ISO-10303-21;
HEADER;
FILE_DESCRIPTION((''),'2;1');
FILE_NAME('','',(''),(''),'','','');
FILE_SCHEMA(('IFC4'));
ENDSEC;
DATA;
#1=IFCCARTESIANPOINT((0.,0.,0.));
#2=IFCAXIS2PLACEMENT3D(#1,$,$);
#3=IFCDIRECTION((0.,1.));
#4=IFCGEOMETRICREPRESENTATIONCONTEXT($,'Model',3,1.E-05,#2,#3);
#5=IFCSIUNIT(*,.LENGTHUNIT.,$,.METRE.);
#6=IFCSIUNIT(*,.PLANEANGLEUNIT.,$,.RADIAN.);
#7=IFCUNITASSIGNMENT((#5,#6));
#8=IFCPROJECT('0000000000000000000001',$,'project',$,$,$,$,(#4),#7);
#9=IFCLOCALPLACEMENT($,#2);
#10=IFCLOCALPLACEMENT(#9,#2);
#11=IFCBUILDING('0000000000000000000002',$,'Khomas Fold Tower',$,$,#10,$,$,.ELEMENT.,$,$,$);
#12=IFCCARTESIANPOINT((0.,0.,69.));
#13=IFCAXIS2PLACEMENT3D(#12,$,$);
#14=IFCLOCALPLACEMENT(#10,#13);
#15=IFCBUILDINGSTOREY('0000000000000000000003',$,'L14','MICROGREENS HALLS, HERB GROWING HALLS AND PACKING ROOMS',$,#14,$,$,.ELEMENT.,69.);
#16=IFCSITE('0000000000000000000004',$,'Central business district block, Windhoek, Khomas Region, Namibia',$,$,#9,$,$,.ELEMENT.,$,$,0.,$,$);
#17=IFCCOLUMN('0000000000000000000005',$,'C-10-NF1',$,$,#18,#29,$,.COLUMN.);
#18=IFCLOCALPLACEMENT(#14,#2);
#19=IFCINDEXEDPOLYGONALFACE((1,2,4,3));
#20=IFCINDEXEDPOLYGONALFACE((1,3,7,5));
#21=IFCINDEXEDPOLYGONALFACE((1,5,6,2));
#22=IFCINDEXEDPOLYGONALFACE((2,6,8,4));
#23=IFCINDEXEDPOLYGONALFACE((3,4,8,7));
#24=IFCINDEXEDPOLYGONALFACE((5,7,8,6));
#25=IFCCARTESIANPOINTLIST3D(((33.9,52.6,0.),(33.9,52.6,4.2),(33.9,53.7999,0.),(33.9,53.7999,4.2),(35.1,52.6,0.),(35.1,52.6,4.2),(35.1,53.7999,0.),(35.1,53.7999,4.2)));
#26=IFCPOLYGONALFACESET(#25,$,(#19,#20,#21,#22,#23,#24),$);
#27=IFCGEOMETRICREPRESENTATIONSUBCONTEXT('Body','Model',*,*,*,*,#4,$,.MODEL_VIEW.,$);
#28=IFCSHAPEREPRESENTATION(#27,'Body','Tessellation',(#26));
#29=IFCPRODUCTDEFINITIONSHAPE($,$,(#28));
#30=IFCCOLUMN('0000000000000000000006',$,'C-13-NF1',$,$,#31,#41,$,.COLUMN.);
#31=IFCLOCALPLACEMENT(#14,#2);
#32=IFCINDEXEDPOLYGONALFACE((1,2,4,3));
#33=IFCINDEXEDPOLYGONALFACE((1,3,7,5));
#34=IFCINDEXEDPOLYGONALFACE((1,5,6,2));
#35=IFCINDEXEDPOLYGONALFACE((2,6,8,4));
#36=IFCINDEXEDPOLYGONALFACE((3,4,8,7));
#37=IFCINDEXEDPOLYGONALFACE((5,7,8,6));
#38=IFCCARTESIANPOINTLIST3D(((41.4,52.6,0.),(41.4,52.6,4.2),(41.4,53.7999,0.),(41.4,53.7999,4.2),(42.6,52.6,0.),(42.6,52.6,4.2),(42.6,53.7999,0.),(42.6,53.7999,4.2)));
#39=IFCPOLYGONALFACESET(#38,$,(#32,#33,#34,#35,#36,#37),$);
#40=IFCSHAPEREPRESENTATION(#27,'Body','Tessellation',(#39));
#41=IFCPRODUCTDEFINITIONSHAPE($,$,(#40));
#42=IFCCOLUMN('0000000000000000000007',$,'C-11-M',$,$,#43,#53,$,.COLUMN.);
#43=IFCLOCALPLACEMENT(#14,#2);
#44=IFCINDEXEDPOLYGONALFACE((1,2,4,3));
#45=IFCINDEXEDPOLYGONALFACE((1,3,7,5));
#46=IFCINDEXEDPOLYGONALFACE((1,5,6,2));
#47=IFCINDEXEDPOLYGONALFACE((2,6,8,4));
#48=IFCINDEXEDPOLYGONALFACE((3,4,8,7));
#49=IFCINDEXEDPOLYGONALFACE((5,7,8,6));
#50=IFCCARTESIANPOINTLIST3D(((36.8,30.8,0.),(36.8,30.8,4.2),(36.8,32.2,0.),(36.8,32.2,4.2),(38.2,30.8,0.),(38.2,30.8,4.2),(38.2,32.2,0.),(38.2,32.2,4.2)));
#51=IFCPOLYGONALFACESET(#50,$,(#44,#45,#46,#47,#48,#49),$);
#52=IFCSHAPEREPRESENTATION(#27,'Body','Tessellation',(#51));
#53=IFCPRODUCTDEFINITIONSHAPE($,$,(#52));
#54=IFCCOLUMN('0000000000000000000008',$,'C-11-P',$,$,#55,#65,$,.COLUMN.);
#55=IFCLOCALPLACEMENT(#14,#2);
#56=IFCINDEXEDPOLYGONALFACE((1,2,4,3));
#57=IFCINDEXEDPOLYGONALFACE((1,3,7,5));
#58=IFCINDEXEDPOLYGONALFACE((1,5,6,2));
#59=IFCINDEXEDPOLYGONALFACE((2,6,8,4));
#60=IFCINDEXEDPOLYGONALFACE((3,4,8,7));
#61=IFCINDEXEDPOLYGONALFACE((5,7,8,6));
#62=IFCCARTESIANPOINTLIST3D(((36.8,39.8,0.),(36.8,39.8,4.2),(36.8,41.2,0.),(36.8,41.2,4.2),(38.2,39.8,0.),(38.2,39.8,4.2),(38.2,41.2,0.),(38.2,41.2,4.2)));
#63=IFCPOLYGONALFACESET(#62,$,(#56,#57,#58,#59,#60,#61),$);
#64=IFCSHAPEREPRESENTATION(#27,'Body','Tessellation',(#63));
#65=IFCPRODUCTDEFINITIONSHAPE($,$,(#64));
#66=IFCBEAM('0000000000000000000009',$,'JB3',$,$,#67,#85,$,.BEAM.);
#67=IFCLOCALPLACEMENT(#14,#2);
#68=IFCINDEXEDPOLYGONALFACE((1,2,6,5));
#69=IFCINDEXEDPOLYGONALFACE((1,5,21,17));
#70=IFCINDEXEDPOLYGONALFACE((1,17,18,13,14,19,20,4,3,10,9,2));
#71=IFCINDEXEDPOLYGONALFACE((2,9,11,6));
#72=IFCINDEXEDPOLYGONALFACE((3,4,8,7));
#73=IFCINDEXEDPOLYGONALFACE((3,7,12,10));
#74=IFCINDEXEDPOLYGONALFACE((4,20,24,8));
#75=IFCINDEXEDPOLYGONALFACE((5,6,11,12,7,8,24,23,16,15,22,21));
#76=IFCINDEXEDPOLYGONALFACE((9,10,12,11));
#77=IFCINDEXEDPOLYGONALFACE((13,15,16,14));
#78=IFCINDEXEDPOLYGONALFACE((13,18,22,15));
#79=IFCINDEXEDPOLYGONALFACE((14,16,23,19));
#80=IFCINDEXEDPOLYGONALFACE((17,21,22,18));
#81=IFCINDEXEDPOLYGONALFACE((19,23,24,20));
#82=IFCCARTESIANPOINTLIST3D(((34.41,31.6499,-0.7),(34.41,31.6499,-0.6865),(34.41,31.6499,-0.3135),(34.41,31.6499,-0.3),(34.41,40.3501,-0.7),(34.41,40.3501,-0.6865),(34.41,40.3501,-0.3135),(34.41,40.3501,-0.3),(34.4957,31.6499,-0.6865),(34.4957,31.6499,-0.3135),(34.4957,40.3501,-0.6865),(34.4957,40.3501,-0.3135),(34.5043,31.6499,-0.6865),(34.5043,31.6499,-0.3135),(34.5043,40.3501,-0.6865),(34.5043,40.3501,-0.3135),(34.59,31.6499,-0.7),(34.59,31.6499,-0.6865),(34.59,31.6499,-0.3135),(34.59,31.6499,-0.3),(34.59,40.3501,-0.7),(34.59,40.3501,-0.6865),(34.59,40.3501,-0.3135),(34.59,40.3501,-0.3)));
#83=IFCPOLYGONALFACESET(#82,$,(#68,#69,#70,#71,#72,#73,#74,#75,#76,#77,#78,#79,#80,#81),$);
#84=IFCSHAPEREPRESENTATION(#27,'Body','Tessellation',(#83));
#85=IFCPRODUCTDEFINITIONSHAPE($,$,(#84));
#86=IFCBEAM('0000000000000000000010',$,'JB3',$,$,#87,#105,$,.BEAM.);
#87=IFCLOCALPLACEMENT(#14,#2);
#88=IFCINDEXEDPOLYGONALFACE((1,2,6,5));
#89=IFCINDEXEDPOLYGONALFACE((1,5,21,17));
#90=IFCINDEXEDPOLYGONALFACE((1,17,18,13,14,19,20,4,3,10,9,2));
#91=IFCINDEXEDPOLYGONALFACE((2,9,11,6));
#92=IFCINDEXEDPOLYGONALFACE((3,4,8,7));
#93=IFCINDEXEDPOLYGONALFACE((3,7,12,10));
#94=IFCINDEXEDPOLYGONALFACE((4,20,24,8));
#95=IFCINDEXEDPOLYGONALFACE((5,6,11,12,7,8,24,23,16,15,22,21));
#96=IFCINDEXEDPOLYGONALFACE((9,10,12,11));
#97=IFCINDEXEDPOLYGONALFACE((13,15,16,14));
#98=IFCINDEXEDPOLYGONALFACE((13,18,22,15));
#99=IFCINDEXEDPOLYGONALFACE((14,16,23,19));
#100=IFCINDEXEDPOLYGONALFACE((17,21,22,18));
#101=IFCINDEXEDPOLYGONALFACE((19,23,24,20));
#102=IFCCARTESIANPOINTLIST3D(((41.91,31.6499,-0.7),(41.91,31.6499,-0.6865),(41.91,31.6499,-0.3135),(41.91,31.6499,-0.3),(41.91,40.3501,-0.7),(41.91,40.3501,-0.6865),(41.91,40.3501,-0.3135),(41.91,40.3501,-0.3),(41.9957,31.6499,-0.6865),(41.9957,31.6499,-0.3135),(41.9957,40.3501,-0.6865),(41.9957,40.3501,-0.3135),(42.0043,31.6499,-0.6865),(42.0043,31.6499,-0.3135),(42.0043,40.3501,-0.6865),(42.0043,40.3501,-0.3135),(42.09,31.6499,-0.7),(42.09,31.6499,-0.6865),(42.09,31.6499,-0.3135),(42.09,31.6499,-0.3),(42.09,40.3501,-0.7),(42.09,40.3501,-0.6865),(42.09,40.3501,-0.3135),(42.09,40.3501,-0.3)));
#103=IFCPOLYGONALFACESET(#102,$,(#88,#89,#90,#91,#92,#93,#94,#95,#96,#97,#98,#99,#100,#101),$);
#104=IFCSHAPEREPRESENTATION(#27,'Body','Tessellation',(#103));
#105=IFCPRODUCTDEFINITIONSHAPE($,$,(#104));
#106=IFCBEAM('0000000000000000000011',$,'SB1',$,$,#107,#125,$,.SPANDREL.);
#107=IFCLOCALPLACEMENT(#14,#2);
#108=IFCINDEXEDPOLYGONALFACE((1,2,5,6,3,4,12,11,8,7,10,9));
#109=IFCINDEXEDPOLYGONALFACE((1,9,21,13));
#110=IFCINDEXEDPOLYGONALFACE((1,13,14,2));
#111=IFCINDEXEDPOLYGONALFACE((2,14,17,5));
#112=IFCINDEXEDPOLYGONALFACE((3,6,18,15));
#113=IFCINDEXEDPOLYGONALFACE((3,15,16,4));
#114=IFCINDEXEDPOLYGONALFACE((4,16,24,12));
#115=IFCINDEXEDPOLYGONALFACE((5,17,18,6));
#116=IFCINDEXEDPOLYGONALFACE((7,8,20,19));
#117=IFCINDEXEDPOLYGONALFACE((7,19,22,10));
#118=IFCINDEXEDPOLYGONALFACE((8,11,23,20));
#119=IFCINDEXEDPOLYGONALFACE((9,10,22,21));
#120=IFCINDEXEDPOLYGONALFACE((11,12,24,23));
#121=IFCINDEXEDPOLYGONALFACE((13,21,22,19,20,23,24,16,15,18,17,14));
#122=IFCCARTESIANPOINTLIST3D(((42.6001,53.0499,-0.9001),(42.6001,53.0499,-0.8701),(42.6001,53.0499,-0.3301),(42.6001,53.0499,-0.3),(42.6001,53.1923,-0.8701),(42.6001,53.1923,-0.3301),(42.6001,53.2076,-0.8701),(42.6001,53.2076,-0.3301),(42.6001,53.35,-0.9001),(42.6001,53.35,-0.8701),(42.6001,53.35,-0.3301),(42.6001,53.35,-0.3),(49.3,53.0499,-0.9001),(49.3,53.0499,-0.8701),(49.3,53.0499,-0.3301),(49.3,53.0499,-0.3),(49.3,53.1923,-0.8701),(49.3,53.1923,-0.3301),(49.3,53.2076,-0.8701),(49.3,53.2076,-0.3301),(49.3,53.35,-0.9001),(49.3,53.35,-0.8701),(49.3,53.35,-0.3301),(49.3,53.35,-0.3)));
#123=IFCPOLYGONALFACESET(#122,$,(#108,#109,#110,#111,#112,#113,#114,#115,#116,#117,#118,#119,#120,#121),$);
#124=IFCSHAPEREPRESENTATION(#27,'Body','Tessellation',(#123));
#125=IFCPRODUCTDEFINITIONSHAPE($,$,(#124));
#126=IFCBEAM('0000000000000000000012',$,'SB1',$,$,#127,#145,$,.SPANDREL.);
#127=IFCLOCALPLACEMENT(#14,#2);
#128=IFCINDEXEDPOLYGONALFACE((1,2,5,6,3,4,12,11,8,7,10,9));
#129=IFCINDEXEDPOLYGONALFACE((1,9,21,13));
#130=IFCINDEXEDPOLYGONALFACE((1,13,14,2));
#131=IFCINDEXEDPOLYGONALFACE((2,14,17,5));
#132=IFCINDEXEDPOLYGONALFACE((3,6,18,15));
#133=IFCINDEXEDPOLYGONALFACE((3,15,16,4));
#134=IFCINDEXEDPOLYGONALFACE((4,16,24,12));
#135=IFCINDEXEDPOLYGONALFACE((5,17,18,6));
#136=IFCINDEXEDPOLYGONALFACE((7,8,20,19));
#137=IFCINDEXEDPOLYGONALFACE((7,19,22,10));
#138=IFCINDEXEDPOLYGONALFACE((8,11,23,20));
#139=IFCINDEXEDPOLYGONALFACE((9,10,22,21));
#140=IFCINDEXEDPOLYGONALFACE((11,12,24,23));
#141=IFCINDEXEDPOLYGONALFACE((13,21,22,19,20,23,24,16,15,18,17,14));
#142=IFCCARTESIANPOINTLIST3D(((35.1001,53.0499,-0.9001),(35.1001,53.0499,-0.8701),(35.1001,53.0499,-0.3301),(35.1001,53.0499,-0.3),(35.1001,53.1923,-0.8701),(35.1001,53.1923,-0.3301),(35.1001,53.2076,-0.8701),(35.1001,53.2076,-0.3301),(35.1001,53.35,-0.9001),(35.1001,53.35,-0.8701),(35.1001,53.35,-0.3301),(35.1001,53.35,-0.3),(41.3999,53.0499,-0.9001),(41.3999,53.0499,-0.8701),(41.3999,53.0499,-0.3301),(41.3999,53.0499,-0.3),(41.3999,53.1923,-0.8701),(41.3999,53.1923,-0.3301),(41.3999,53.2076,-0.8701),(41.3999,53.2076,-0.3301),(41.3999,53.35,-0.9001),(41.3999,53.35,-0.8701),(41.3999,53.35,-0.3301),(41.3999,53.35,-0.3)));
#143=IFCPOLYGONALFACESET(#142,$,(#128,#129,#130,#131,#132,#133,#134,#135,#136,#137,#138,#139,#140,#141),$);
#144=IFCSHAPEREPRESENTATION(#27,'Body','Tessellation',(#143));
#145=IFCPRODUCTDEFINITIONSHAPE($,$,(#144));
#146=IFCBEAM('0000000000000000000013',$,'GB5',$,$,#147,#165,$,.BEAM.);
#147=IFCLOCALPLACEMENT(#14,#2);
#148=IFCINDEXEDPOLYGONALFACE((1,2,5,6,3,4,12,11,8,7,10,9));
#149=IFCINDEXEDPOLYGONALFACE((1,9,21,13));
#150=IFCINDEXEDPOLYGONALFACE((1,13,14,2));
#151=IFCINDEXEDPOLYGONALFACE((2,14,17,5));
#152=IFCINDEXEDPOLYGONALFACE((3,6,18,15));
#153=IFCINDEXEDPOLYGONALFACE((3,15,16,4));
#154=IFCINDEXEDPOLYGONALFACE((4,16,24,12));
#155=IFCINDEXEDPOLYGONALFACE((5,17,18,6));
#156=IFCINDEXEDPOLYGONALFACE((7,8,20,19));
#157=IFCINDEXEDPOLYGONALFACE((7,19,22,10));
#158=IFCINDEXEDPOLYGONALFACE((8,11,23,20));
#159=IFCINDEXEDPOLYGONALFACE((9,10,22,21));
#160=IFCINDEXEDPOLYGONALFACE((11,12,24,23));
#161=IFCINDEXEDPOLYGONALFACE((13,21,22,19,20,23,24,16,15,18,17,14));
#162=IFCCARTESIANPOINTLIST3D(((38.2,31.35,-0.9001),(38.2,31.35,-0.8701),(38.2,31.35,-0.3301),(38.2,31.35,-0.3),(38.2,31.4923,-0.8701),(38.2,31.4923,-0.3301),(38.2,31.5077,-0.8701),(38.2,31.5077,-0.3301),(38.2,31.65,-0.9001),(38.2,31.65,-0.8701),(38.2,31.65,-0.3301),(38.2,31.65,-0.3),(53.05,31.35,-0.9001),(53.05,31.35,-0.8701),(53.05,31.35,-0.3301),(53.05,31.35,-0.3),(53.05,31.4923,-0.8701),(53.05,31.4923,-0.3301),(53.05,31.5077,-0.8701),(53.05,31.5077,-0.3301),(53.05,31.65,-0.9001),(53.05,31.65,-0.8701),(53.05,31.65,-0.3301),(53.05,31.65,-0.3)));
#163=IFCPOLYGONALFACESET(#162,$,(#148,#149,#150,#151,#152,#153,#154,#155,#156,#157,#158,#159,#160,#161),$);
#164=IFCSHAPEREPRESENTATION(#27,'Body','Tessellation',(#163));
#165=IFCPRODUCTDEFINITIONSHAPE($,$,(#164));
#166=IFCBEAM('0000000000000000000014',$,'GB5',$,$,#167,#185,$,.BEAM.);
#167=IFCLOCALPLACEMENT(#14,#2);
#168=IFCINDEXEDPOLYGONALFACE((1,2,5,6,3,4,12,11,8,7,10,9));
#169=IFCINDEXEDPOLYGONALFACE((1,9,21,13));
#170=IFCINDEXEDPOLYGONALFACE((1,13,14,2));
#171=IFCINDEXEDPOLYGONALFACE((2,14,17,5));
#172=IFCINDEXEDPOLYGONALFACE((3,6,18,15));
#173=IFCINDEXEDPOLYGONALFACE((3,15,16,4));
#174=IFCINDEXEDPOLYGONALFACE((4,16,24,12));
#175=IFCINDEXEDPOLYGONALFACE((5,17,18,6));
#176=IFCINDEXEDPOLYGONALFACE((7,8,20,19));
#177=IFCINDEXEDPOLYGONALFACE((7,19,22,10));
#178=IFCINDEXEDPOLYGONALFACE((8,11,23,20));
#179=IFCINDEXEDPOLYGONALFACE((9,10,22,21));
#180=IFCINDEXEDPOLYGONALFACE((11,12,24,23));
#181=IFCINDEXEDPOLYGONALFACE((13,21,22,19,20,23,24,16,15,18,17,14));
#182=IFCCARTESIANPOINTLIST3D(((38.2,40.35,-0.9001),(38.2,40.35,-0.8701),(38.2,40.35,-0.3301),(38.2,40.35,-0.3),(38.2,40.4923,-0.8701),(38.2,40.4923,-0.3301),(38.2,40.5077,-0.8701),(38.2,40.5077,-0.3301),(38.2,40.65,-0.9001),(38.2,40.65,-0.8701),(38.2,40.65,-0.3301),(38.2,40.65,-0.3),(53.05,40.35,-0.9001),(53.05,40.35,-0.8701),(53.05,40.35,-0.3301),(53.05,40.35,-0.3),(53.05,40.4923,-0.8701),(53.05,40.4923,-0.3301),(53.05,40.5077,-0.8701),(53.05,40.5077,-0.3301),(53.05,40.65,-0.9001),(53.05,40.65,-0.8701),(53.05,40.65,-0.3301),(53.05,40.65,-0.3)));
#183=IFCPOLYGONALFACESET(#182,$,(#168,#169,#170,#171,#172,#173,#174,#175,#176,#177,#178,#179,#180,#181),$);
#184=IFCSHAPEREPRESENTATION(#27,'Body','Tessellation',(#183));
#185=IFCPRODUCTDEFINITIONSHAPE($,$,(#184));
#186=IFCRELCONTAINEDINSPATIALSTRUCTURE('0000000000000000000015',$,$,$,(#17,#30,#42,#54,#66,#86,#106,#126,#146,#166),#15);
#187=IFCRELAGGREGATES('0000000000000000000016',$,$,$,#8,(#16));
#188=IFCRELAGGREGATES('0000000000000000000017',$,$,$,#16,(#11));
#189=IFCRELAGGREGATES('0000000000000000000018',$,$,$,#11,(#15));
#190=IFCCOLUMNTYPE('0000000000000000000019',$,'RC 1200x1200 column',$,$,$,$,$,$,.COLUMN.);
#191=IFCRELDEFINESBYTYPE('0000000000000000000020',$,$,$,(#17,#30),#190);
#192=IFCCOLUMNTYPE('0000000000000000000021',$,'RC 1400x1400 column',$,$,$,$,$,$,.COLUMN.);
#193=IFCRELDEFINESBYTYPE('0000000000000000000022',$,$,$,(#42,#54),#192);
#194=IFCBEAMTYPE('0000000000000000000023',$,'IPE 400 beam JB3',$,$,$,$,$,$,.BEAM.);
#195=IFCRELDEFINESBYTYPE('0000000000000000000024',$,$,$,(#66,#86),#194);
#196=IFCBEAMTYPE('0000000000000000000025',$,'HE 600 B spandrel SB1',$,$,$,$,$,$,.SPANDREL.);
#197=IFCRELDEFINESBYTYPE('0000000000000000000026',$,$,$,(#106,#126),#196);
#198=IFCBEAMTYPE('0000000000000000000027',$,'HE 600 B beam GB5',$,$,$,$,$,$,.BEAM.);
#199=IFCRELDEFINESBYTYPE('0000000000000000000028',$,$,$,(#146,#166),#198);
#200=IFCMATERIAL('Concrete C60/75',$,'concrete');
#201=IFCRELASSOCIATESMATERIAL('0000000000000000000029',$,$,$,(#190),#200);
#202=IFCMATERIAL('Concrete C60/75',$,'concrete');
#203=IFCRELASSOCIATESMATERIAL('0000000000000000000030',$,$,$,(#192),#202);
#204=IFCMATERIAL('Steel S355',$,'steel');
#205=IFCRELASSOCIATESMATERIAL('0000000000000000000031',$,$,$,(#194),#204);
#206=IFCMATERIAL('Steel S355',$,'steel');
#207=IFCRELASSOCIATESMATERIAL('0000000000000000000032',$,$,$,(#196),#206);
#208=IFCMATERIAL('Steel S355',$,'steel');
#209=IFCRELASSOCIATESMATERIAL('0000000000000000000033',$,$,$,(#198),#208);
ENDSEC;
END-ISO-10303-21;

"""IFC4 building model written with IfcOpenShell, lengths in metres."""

from ifc_helpers import new_model, si_unit, direction, frame, origin, origin_2d, place, context, subcontext, project, spatial, rectangle, i_section, extrude, source, transform, mapped, material, material_profile, profile_set, type_object, element, save


model = new_model("IFC4")

# Units and contexts
model_context = context("Model", 3, precision=1e-05, world=origin(), true_north=direction((0.0, 1.0)))
body_context = subcontext(model_context, "Body", "Model", "MODEL_VIEW")
ifc_project = project(units=[si_unit("LENGTHUNIT", "METRE"), si_unit("PLANEANGLEUNIT", "RADIAN")], contexts=[model_context])

# Site, building, storey
site_placement = place(None, origin())
site = spatial("IfcSite", under=ifc_project, at=site_placement, Name="Central business district block, Windhoek, Khomas Region, Namibia", CompositionType="ELEMENT", RefElevation=0.0)
building_placement = place(site_placement, origin())
building = spatial("IfcBuilding", under=site, at=building_placement, Name="Khomas Fold Tower", CompositionType="ELEMENT")
storey_placement = place(building_placement, frame((0.0, 0.0, 69.0)))
storey = spatial("IfcBuildingStorey", under=building, at=storey_placement, Name="L14", Description="MICROGREENS HALLS, HERB GROWING HALLS AND PACKING ROOMS", CompositionType="ELEMENT", Elevation=69.0)

# Columns
ifc_material_1 = material(Name="Concrete C60/75", Category="concrete")
ifc_material_profile_1 = material_profile(ifc_material_1, rectangle(XDim=1.2, YDim=1.2, at=origin_2d()), Name="RC 1200x1200")
ifc_profile_set_1 = profile_set([ifc_material_profile_1], Name="Concrete C60/75")
column_type_1 = type_object("IfcColumnType", Name="RC 1200x1200 column", PredefinedType="COLUMN", material=ifc_profile_set_1)
shared_shape_1 = source(origin(), body_context, "Body", "SweptSolid", [
    extrude(rectangle(XDim=1.2, YDim=1.2, at=origin_2d()), origin(), (0.0, 0.0, 1.0), 4.2),
])
for number, where, z_axis, x_axis, name in (
    (1, (34.5, 53.2, 0.0), (0.0, 0.0, 1.0), (1.0, 0.0, 0.0), "C-10-NF1"),
    (2, (42.0, 53.2, 0.0), (0.0, 0.0, 1.0), (1.0, 0.0, 0.0), "C-13-NF1"),
):
    element("IfcColumn", number, at=place(storey_placement, frame(where, z_axis=z_axis, x_axis=x_axis)), inside=storey, type_object=column_type_1, Name=name, PredefinedType="COLUMN", context=body_context, shape_type="MappedRepresentation", body=[
        mapped(shared_shape_1, transform((0.0, 0.0, 0.0))),
    ])
ifc_material_2 = material(Name="Concrete C60/75", Category="concrete")
ifc_material_profile_2 = material_profile(ifc_material_2, rectangle(XDim=1.3999, YDim=1.3999, at=origin_2d()), Name="RC 1400x1400")
ifc_profile_set_2 = profile_set([ifc_material_profile_2], Name="Concrete C60/75")
column_type_2 = type_object("IfcColumnType", Name="RC 1400x1400 column", PredefinedType="COLUMN", material=ifc_profile_set_2)
shared_shape_2 = source(origin(), body_context, "Body", "SweptSolid", [
    extrude(rectangle(XDim=1.3999, YDim=1.3999, at=origin_2d()), origin(), (0.0, 0.0, 1.0), 4.2),
])
for number, where, z_axis, x_axis, name in (
    (3, (37.5, 31.5, 0.0), (0.0, 0.0, 1.0), (1.0, 0.0, 0.0), "C-11-M"),
    (4, (37.5, 40.5, 0.0), (0.0, 0.0, 1.0), (1.0, 0.0, 0.0), "C-11-P"),
):
    element("IfcColumn", number, at=place(storey_placement, frame(where, z_axis=z_axis, x_axis=x_axis)), inside=storey, type_object=column_type_2, Name=name, PredefinedType="COLUMN", context=body_context, shape_type="MappedRepresentation", body=[
        mapped(shared_shape_2, transform((0.0, 0.0, 0.0))),
    ])

# Beams
ifc_material_3 = material(Name="Steel S355", Category="steel")
ifc_material_profile_3 = material_profile(ifc_material_3, i_section(OverallWidth=0.1799, OverallDepth=0.3999, WebThickness=0.0085, FlangeThickness=0.0134, at=origin_2d()), Name="IPE 400")
ifc_profile_set_3 = profile_set([ifc_material_profile_3], Name="Steel S355")
beam_type_1 = type_object("IfcBeamType", Name="IPE 400 beam JB3", PredefinedType="BEAM", material=ifc_profile_set_3)
shared_shape_3 = source(origin(), body_context, "Body", "SweptSolid", [
    extrude(i_section(OverallWidth=0.1799, OverallDepth=0.3999, WebThickness=0.0085, FlangeThickness=0.0134, at=origin_2d()), origin(), (0.0, 0.0, 1.0), 8.7002),
])
for number, where, z_axis, x_axis, name in (
    (5, (34.5, 31.6499, -0.5), (0.0, 1.0, 0.0), (-1.0, 0.0, 0.0), "JB3"),
    (6, (42.0, 31.6499, -0.5), (0.0, 1.0, 0.0), (-1.0, 0.0, 0.0), "JB3"),
):
    element("IfcBeam", number, at=place(storey_placement, frame(where, z_axis=z_axis, x_axis=x_axis)), inside=storey, type_object=beam_type_1, Name=name, PredefinedType="BEAM", context=body_context, shape_type="MappedRepresentation", body=[
        mapped(shared_shape_3, transform((0.0, 0.0, 0.0))),
    ])
ifc_material_4 = material(Name="Steel S355", Category="steel")
ifc_material_profile_4 = material_profile(ifc_material_4, i_section(OverallWidth=0.3, OverallDepth=0.6001, WebThickness=0.0154, FlangeThickness=0.03, at=origin_2d()), Name="HE 600 B")
ifc_profile_set_4 = profile_set([ifc_material_profile_4], Name="Steel S355")
beam_type_2 = type_object("IfcBeamType", Name="HE 600 B spandrel SB1", PredefinedType="SPANDREL", material=ifc_profile_set_4)
shared_shape_4 = source(origin(), body_context, "Body", "SweptSolid", [
    extrude(i_section(OverallWidth=0.3, OverallDepth=0.6001, WebThickness=0.0154, FlangeThickness=0.03, at=origin_2d()), origin(), (0.0, 0.0, 1.0), 6.7),
])
beam_1_placement = place(storey_placement, frame((42.6001, 53.2, -0.6001), z_axis=(1.0, 0.0, 0.0), x_axis=(0.0, 1.0, 0.0)))
element("IfcBeam", 7, at=beam_1_placement, inside=storey, type_object=beam_type_2, Name="SB1", PredefinedType="SPANDREL", context=body_context, shape_type="MappedRepresentation", body=[
    mapped(shared_shape_4, transform((0.0, 0.0, 0.0))),
])
shared_shape_5 = source(origin(), body_context, "Body", "SweptSolid", [
    extrude(i_section(OverallWidth=0.3, OverallDepth=0.6001, WebThickness=0.0154, FlangeThickness=0.03, at=origin_2d()), origin(), (0.0, 0.0, 1.0), 6.2998),
])
beam_2_placement = place(storey_placement, frame((35.1001, 53.2, -0.6001), z_axis=(1.0, 0.0, 0.0), x_axis=(0.0, 1.0, 0.0)))
element("IfcBeam", 8, at=beam_2_placement, inside=storey, type_object=beam_type_2, Name="SB1", PredefinedType="SPANDREL", context=body_context, shape_type="MappedRepresentation", body=[
    mapped(shared_shape_5, transform((0.0, 0.0, 0.0))),
])
ifc_material_5 = material(Name="Steel S355", Category="steel")
ifc_material_profile_5 = material_profile(ifc_material_5, i_section(OverallWidth=0.3, OverallDepth=0.6001, WebThickness=0.0154, FlangeThickness=0.03, at=origin_2d()), Name="HE 600 B")
ifc_profile_set_5 = profile_set([ifc_material_profile_5], Name="Steel S355")
beam_type_3 = type_object("IfcBeamType", Name="HE 600 B beam GB5", PredefinedType="BEAM", material=ifc_profile_set_5)
shared_shape_6 = source(origin(), body_context, "Body", "SweptSolid", [
    extrude(i_section(OverallWidth=0.3, OverallDepth=0.6001, WebThickness=0.0154, FlangeThickness=0.03, at=origin_2d()), origin(), (0.0, 0.0, 1.0), 14.8501),
])
for number, where, z_axis, x_axis, name in (
    (9, (38.2, 31.5, -0.6001), (1.0, 0.0, 0.0), (0.0, 1.0, 0.0), "GB5"),
    (10, (38.2, 40.5, -0.6001), (1.0, 0.0, 0.0), (0.0, 1.0, 0.0), "GB5"),
):
    element("IfcBeam", number, at=place(storey_placement, frame(where, z_axis=z_axis, x_axis=x_axis)), inside=storey, type_object=beam_type_3, Name=name, PredefinedType="BEAM", context=body_context, shape_type="MappedRepresentation", body=[
        mapped(shared_shape_6, transform((0.0, 0.0, 0.0))),
    ])

save(model, "model.ifc")
